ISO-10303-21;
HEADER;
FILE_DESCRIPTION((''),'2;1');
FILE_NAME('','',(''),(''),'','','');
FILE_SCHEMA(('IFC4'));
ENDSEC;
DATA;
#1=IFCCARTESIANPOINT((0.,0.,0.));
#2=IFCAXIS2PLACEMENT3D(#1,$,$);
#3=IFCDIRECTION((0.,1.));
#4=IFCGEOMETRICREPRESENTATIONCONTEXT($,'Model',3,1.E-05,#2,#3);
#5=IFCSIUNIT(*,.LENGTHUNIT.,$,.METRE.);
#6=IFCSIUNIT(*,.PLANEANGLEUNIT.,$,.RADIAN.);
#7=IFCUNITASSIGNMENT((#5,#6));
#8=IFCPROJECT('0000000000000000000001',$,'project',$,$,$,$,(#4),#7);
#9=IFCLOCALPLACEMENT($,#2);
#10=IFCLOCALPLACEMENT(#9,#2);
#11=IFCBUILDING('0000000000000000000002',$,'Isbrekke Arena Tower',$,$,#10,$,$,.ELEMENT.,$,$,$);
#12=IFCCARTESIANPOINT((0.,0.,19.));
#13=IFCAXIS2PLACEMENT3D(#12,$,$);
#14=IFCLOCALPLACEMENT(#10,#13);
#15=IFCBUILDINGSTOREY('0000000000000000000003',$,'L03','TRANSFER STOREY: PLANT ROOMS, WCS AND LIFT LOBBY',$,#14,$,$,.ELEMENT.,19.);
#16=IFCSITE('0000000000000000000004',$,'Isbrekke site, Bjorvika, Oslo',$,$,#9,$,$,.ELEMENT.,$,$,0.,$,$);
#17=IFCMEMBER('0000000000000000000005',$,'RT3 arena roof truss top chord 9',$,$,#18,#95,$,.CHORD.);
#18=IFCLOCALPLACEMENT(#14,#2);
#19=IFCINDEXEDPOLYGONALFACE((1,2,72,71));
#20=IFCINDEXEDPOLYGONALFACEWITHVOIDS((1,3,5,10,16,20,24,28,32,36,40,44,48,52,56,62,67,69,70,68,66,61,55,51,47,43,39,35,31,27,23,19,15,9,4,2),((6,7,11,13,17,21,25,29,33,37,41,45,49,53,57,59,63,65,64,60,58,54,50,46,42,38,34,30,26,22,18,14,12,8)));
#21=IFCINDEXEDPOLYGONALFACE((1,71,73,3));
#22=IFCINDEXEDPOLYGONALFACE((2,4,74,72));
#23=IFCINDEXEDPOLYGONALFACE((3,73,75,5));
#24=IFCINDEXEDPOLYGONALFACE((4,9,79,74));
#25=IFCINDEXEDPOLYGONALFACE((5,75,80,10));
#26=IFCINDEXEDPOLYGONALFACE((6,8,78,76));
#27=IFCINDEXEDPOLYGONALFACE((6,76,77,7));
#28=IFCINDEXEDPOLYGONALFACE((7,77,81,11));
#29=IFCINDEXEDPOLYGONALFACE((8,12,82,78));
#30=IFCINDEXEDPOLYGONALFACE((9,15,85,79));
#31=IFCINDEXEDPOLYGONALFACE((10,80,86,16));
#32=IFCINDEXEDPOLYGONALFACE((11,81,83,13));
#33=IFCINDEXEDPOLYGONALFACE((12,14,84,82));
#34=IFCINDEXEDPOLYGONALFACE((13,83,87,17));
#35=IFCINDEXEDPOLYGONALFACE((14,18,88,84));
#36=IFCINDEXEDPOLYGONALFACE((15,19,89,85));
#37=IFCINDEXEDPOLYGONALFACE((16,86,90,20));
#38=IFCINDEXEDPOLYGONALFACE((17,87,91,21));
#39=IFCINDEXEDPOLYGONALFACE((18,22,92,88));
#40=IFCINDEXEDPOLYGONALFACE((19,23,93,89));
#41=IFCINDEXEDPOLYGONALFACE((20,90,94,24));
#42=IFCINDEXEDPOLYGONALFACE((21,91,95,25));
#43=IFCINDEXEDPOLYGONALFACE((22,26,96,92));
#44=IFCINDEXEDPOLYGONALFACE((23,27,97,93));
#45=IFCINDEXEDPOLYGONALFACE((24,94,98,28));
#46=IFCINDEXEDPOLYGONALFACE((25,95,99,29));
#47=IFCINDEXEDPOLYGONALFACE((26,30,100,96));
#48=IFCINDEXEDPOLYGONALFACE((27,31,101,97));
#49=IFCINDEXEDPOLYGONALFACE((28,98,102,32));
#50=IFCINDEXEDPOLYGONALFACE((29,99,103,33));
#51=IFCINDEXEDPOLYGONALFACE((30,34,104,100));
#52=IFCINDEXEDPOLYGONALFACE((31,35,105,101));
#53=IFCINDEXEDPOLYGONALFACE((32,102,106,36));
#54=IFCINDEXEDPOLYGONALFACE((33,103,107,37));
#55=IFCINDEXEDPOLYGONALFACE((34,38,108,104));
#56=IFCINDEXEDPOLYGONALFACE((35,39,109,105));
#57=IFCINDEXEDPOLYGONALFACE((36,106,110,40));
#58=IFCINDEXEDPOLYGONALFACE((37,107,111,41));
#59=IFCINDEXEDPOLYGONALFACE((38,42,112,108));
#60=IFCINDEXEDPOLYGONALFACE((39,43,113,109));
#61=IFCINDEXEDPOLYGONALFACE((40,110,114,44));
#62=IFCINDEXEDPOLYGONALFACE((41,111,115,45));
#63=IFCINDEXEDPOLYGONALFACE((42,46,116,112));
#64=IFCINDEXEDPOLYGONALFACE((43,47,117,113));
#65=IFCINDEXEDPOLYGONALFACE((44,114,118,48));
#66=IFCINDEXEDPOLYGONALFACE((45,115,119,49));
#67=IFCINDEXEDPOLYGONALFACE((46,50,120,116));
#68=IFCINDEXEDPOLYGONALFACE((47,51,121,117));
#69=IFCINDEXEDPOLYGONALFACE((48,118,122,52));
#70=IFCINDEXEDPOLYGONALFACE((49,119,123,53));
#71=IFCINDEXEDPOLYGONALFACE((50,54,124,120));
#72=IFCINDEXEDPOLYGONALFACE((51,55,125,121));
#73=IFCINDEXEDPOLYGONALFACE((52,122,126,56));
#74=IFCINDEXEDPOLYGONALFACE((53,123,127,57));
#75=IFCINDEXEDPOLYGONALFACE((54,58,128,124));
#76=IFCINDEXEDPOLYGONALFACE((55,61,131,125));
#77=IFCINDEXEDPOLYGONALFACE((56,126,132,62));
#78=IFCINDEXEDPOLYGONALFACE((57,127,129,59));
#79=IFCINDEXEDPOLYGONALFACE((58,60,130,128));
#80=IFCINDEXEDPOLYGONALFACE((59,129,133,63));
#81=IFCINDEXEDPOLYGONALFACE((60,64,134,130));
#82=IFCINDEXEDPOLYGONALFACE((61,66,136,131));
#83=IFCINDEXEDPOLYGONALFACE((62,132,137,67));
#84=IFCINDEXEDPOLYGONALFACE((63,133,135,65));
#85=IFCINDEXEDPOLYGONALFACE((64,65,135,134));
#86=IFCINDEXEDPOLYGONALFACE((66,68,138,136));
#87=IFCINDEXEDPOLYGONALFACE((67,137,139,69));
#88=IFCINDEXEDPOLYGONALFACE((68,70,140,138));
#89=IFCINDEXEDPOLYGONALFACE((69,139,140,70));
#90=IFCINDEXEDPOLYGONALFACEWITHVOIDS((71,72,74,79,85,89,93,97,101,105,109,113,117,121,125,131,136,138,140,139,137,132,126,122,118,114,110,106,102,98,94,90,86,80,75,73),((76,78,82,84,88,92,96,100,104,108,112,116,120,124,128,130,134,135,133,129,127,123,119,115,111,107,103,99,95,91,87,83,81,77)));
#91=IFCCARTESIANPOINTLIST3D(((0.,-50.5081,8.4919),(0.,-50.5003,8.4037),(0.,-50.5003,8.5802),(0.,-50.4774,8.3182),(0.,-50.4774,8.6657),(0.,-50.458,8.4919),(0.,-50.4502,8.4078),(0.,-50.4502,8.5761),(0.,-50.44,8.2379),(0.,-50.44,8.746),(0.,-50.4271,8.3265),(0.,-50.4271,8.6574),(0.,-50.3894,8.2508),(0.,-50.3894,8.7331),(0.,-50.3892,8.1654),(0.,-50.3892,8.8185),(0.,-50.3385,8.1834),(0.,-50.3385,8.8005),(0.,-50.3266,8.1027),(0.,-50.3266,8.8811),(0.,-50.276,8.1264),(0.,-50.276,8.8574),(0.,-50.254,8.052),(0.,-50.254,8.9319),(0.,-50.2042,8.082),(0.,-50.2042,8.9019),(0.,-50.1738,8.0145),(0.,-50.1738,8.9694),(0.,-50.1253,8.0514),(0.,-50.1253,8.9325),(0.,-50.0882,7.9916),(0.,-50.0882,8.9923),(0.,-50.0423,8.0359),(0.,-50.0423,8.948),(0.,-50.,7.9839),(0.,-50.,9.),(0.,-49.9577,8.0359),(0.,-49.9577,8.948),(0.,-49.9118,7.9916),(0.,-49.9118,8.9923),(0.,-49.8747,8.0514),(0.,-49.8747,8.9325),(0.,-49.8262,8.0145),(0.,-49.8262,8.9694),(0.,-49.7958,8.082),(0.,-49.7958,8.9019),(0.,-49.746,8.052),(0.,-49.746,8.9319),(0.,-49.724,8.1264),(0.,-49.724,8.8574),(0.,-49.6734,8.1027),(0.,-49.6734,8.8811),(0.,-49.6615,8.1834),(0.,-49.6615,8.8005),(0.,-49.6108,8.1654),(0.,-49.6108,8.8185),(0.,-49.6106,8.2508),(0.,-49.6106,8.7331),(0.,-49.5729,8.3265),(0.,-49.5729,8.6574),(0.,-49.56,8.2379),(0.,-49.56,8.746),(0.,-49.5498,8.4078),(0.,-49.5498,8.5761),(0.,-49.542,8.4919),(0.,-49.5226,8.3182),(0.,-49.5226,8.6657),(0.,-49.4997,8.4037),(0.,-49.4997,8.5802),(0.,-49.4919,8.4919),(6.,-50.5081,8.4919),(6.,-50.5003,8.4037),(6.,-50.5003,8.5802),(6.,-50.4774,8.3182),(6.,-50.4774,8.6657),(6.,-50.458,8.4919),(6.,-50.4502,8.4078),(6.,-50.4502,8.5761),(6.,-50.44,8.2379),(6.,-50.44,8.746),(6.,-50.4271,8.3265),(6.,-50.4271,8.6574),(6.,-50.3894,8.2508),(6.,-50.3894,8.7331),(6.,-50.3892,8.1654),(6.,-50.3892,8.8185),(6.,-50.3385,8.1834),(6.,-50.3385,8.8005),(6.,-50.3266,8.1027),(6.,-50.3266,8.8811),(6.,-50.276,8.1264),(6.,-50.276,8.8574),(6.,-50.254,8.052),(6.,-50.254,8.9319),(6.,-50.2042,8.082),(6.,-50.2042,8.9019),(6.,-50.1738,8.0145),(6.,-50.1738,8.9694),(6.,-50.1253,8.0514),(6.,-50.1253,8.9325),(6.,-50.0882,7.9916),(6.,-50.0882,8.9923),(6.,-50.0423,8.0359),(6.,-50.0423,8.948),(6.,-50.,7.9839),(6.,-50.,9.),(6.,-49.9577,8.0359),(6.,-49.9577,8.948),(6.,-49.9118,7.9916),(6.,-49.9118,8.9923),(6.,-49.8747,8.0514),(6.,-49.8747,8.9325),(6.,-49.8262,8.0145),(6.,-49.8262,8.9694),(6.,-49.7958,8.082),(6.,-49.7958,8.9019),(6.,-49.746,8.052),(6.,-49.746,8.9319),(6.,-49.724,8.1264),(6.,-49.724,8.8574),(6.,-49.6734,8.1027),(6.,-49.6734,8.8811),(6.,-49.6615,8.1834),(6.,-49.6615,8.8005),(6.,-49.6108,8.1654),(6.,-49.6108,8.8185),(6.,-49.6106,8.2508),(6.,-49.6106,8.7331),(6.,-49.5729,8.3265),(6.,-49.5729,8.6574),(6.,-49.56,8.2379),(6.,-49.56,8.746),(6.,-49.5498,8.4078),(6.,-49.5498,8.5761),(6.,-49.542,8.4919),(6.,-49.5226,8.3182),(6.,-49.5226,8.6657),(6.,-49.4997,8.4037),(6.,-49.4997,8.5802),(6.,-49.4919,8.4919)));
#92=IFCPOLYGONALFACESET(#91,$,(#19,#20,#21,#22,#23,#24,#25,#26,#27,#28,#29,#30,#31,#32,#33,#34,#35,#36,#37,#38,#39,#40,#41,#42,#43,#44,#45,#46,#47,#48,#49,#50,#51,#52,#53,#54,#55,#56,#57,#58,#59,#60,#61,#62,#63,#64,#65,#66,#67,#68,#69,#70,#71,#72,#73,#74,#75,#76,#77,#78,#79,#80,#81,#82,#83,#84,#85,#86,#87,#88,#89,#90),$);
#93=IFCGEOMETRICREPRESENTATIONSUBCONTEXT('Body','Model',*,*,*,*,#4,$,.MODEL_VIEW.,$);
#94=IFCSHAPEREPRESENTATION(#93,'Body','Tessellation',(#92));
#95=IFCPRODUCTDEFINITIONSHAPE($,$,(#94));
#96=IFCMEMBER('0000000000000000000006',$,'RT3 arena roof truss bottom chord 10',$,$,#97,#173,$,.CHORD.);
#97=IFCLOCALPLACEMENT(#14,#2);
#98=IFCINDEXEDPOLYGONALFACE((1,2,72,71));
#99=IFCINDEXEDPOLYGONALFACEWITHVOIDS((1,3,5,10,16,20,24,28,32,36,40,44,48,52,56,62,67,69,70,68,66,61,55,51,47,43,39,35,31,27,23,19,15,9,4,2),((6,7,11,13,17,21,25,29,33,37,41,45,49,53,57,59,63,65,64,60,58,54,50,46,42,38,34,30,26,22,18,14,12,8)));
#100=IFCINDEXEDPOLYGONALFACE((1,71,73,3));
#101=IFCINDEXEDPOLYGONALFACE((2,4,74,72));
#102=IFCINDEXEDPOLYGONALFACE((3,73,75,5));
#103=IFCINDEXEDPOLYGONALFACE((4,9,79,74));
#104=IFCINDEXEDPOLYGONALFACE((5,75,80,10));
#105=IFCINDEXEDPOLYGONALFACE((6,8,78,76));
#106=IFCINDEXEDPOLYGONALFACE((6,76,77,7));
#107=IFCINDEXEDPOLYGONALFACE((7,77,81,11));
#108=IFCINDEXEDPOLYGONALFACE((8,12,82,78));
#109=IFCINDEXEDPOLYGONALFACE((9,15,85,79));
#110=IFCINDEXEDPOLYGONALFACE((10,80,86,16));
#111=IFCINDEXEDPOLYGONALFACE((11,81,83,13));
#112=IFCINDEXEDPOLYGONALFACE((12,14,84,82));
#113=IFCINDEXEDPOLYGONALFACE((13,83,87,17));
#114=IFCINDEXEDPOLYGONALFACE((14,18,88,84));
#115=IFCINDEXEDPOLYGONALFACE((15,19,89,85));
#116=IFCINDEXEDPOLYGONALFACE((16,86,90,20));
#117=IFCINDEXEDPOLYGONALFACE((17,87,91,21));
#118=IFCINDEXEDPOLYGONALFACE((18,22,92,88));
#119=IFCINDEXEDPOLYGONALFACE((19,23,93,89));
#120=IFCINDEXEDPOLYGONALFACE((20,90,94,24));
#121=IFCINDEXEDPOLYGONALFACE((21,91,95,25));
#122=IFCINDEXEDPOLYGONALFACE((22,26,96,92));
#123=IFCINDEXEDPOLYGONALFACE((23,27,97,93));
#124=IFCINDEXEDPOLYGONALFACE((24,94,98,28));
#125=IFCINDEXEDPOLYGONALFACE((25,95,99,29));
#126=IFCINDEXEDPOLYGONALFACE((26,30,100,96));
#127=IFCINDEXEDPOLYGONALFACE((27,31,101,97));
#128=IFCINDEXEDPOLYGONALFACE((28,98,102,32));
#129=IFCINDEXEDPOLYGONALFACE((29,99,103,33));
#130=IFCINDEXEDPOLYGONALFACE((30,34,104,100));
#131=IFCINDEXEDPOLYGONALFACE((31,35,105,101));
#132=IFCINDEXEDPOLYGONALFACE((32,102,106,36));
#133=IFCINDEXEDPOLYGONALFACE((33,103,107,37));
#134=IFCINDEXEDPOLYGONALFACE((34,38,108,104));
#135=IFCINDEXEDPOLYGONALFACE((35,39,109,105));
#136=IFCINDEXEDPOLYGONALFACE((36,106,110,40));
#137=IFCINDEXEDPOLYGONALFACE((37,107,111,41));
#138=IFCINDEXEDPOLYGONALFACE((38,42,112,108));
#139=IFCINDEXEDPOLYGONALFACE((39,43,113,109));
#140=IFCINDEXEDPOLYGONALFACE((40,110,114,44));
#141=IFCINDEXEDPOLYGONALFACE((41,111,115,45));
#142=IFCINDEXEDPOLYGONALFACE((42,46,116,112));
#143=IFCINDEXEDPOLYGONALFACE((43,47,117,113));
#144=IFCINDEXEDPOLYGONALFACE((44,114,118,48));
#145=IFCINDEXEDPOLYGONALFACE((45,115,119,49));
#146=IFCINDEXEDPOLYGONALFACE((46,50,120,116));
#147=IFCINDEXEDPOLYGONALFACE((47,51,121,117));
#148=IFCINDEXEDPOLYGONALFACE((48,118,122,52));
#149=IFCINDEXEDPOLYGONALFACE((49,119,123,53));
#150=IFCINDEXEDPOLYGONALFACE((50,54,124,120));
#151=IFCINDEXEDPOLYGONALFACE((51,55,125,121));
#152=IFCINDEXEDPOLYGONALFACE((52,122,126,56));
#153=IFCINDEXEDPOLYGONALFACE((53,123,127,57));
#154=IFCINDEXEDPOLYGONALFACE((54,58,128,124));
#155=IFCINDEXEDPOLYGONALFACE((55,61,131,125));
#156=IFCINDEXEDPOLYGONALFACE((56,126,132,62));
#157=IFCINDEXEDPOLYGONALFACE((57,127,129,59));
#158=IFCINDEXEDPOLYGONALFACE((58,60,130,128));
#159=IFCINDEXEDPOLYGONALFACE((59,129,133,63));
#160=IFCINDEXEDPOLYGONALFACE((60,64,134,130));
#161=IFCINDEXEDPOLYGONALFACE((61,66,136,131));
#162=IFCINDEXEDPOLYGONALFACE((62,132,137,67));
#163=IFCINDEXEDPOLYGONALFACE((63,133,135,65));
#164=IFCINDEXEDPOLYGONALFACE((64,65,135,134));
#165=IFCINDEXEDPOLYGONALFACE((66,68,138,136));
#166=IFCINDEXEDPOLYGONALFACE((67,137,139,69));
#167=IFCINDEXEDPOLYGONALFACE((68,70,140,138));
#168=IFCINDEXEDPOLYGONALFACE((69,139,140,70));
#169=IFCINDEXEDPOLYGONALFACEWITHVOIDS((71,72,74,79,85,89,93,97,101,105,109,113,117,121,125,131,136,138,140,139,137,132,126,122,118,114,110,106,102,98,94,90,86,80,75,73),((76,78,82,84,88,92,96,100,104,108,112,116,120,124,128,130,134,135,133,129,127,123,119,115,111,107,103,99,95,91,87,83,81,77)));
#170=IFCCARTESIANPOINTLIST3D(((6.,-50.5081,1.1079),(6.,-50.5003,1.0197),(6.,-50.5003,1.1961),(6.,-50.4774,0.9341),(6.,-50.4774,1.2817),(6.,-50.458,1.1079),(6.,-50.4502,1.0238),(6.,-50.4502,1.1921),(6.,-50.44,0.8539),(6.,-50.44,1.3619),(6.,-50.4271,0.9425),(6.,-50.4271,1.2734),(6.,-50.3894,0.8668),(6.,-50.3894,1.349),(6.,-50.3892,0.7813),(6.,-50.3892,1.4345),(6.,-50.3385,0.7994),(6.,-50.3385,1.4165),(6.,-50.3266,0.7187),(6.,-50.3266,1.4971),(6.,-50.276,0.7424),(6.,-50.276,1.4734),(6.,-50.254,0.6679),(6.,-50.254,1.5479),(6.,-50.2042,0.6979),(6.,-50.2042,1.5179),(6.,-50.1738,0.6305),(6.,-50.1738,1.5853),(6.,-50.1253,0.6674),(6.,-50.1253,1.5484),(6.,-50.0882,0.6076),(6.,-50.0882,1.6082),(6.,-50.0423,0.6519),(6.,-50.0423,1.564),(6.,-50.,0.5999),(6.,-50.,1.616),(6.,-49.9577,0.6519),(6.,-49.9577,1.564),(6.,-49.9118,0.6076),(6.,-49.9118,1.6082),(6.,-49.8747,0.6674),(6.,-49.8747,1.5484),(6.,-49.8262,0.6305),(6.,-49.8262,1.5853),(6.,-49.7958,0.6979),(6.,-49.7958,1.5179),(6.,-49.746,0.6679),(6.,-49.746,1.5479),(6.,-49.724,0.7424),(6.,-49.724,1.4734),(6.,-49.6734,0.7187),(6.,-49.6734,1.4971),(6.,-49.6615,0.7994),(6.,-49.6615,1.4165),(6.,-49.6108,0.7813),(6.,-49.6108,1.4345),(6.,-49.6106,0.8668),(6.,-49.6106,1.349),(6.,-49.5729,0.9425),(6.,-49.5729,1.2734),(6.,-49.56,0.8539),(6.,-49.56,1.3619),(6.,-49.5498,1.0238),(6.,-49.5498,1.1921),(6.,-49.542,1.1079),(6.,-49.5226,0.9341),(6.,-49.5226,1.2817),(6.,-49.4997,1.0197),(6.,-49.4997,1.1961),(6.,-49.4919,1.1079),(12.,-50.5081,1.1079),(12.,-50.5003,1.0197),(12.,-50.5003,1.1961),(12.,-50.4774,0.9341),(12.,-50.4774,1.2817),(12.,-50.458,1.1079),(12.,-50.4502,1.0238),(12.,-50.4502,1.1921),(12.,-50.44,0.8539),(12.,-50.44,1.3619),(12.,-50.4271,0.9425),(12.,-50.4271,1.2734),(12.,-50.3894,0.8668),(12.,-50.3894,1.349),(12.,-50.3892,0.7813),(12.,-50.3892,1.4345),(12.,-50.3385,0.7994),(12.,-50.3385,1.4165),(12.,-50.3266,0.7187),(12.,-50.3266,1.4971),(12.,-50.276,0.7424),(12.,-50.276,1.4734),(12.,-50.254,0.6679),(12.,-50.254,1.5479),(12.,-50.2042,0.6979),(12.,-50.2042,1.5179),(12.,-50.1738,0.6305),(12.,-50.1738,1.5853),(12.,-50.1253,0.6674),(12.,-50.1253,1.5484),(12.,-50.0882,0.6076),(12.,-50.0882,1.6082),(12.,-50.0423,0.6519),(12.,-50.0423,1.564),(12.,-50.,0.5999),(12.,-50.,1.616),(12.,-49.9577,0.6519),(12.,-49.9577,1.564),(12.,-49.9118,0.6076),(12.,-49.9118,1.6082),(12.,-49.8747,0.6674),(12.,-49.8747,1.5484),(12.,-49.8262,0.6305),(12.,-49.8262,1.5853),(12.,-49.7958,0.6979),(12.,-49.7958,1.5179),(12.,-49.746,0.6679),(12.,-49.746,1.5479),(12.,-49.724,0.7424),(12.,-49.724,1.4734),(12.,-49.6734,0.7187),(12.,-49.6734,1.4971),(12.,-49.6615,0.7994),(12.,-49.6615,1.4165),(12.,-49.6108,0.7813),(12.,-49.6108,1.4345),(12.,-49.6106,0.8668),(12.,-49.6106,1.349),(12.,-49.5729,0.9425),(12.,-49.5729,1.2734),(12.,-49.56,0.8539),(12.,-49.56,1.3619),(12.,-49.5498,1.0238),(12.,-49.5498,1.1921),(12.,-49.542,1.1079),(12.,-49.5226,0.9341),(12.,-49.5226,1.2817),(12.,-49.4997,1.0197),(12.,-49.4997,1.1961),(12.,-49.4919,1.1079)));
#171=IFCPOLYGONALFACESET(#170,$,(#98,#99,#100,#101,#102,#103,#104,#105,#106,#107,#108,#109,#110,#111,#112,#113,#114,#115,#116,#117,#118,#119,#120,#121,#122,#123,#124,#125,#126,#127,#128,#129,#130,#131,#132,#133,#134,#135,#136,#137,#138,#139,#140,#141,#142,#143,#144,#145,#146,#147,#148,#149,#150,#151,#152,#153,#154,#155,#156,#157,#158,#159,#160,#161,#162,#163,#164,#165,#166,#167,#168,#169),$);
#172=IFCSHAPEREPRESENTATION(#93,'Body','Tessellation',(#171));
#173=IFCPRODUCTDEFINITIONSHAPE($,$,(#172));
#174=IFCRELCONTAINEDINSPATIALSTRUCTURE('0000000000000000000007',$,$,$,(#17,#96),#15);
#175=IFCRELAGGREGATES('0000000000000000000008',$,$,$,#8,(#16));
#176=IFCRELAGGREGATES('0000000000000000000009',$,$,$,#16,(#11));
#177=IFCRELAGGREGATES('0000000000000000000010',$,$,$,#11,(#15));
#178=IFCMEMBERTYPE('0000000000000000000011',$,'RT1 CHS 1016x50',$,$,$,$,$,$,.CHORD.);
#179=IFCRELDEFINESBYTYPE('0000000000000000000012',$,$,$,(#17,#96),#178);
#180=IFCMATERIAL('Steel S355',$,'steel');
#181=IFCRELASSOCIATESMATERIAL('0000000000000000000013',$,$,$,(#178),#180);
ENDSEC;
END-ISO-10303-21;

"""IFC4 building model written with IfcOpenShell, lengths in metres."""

from ifc_helpers import new_model, si_unit, direction, frame, origin, origin_2d, place, context, subcontext, project, spatial, hollow_circle, extrude, material, material_profile, profile_set, type_object, element, save


model = new_model("IFC4")

# Units and contexts
model_context = context("Model", 3, precision=1e-05, world=origin(), true_north=direction((0.0, 1.0)))
body_context = subcontext(model_context, "Body", "Model", "MODEL_VIEW")
ifc_project = project(units=[si_unit("LENGTHUNIT", "METRE"), si_unit("PLANEANGLEUNIT", "RADIAN")], contexts=[model_context])

# Site, building, storey
site_placement = place(None, origin())
site = spatial("IfcSite", under=ifc_project, at=site_placement, Name="Isbrekke site, Bjorvika, Oslo", CompositionType="ELEMENT", RefElevation=0.0)
building_placement = place(site_placement, origin())
building = spatial("IfcBuilding", under=site, at=building_placement, Name="Isbrekke Arena Tower", CompositionType="ELEMENT")
storey_placement = place(building_placement, frame((0.0, 0.0, 19.0)))
storey = spatial("IfcBuildingStorey", under=building, at=storey_placement, Name="L03", Description="TRANSFER STOREY: PLANT ROOMS, WCS AND LIFT LOBBY", CompositionType="ELEMENT", Elevation=19.0)

# Members
ifc_material_1 = material(Name="Steel S355", Category="steel")
ifc_material_profile_1 = material_profile(ifc_material_1, hollow_circle(Radius=0.5081, WallThickness=0.05, at=origin_2d()), Name="CHS 1016x50")
ifc_profile_set_1 = profile_set([ifc_material_profile_1], Name="Steel S355")
member_type_1 = type_object("IfcMemberType", Name="RT1 CHS 1016x50", PredefinedType="CHORD", material=ifc_profile_set_1)
for number, where, z_axis, x_axis, name in (
    (1, (0.0, -50.0, 8.4919), (1.0, 0.0, 0.0), (0.0, 1.0, 0.0), "RT3 arena roof truss top chord 9"),
    (2, (6.0, -50.0, 1.1079), (1.0, 0.0, 0.0), (0.0, 1.0, 0.0), "RT3 arena roof truss bottom chord 10"),
):
    element("IfcMember", number, at=place(storey_placement, frame(where, z_axis=z_axis, x_axis=x_axis)), inside=storey, type_object=member_type_1, Name=name, PredefinedType="CHORD", context=body_context, shape_type="SweptSolid", body=[
        extrude(hollow_circle(Radius=0.5081, WallThickness=0.05, at=origin_2d()), origin(), (0.0, 0.0, 1.0), 6.0),
    ])

save(model, "model.ifc")
